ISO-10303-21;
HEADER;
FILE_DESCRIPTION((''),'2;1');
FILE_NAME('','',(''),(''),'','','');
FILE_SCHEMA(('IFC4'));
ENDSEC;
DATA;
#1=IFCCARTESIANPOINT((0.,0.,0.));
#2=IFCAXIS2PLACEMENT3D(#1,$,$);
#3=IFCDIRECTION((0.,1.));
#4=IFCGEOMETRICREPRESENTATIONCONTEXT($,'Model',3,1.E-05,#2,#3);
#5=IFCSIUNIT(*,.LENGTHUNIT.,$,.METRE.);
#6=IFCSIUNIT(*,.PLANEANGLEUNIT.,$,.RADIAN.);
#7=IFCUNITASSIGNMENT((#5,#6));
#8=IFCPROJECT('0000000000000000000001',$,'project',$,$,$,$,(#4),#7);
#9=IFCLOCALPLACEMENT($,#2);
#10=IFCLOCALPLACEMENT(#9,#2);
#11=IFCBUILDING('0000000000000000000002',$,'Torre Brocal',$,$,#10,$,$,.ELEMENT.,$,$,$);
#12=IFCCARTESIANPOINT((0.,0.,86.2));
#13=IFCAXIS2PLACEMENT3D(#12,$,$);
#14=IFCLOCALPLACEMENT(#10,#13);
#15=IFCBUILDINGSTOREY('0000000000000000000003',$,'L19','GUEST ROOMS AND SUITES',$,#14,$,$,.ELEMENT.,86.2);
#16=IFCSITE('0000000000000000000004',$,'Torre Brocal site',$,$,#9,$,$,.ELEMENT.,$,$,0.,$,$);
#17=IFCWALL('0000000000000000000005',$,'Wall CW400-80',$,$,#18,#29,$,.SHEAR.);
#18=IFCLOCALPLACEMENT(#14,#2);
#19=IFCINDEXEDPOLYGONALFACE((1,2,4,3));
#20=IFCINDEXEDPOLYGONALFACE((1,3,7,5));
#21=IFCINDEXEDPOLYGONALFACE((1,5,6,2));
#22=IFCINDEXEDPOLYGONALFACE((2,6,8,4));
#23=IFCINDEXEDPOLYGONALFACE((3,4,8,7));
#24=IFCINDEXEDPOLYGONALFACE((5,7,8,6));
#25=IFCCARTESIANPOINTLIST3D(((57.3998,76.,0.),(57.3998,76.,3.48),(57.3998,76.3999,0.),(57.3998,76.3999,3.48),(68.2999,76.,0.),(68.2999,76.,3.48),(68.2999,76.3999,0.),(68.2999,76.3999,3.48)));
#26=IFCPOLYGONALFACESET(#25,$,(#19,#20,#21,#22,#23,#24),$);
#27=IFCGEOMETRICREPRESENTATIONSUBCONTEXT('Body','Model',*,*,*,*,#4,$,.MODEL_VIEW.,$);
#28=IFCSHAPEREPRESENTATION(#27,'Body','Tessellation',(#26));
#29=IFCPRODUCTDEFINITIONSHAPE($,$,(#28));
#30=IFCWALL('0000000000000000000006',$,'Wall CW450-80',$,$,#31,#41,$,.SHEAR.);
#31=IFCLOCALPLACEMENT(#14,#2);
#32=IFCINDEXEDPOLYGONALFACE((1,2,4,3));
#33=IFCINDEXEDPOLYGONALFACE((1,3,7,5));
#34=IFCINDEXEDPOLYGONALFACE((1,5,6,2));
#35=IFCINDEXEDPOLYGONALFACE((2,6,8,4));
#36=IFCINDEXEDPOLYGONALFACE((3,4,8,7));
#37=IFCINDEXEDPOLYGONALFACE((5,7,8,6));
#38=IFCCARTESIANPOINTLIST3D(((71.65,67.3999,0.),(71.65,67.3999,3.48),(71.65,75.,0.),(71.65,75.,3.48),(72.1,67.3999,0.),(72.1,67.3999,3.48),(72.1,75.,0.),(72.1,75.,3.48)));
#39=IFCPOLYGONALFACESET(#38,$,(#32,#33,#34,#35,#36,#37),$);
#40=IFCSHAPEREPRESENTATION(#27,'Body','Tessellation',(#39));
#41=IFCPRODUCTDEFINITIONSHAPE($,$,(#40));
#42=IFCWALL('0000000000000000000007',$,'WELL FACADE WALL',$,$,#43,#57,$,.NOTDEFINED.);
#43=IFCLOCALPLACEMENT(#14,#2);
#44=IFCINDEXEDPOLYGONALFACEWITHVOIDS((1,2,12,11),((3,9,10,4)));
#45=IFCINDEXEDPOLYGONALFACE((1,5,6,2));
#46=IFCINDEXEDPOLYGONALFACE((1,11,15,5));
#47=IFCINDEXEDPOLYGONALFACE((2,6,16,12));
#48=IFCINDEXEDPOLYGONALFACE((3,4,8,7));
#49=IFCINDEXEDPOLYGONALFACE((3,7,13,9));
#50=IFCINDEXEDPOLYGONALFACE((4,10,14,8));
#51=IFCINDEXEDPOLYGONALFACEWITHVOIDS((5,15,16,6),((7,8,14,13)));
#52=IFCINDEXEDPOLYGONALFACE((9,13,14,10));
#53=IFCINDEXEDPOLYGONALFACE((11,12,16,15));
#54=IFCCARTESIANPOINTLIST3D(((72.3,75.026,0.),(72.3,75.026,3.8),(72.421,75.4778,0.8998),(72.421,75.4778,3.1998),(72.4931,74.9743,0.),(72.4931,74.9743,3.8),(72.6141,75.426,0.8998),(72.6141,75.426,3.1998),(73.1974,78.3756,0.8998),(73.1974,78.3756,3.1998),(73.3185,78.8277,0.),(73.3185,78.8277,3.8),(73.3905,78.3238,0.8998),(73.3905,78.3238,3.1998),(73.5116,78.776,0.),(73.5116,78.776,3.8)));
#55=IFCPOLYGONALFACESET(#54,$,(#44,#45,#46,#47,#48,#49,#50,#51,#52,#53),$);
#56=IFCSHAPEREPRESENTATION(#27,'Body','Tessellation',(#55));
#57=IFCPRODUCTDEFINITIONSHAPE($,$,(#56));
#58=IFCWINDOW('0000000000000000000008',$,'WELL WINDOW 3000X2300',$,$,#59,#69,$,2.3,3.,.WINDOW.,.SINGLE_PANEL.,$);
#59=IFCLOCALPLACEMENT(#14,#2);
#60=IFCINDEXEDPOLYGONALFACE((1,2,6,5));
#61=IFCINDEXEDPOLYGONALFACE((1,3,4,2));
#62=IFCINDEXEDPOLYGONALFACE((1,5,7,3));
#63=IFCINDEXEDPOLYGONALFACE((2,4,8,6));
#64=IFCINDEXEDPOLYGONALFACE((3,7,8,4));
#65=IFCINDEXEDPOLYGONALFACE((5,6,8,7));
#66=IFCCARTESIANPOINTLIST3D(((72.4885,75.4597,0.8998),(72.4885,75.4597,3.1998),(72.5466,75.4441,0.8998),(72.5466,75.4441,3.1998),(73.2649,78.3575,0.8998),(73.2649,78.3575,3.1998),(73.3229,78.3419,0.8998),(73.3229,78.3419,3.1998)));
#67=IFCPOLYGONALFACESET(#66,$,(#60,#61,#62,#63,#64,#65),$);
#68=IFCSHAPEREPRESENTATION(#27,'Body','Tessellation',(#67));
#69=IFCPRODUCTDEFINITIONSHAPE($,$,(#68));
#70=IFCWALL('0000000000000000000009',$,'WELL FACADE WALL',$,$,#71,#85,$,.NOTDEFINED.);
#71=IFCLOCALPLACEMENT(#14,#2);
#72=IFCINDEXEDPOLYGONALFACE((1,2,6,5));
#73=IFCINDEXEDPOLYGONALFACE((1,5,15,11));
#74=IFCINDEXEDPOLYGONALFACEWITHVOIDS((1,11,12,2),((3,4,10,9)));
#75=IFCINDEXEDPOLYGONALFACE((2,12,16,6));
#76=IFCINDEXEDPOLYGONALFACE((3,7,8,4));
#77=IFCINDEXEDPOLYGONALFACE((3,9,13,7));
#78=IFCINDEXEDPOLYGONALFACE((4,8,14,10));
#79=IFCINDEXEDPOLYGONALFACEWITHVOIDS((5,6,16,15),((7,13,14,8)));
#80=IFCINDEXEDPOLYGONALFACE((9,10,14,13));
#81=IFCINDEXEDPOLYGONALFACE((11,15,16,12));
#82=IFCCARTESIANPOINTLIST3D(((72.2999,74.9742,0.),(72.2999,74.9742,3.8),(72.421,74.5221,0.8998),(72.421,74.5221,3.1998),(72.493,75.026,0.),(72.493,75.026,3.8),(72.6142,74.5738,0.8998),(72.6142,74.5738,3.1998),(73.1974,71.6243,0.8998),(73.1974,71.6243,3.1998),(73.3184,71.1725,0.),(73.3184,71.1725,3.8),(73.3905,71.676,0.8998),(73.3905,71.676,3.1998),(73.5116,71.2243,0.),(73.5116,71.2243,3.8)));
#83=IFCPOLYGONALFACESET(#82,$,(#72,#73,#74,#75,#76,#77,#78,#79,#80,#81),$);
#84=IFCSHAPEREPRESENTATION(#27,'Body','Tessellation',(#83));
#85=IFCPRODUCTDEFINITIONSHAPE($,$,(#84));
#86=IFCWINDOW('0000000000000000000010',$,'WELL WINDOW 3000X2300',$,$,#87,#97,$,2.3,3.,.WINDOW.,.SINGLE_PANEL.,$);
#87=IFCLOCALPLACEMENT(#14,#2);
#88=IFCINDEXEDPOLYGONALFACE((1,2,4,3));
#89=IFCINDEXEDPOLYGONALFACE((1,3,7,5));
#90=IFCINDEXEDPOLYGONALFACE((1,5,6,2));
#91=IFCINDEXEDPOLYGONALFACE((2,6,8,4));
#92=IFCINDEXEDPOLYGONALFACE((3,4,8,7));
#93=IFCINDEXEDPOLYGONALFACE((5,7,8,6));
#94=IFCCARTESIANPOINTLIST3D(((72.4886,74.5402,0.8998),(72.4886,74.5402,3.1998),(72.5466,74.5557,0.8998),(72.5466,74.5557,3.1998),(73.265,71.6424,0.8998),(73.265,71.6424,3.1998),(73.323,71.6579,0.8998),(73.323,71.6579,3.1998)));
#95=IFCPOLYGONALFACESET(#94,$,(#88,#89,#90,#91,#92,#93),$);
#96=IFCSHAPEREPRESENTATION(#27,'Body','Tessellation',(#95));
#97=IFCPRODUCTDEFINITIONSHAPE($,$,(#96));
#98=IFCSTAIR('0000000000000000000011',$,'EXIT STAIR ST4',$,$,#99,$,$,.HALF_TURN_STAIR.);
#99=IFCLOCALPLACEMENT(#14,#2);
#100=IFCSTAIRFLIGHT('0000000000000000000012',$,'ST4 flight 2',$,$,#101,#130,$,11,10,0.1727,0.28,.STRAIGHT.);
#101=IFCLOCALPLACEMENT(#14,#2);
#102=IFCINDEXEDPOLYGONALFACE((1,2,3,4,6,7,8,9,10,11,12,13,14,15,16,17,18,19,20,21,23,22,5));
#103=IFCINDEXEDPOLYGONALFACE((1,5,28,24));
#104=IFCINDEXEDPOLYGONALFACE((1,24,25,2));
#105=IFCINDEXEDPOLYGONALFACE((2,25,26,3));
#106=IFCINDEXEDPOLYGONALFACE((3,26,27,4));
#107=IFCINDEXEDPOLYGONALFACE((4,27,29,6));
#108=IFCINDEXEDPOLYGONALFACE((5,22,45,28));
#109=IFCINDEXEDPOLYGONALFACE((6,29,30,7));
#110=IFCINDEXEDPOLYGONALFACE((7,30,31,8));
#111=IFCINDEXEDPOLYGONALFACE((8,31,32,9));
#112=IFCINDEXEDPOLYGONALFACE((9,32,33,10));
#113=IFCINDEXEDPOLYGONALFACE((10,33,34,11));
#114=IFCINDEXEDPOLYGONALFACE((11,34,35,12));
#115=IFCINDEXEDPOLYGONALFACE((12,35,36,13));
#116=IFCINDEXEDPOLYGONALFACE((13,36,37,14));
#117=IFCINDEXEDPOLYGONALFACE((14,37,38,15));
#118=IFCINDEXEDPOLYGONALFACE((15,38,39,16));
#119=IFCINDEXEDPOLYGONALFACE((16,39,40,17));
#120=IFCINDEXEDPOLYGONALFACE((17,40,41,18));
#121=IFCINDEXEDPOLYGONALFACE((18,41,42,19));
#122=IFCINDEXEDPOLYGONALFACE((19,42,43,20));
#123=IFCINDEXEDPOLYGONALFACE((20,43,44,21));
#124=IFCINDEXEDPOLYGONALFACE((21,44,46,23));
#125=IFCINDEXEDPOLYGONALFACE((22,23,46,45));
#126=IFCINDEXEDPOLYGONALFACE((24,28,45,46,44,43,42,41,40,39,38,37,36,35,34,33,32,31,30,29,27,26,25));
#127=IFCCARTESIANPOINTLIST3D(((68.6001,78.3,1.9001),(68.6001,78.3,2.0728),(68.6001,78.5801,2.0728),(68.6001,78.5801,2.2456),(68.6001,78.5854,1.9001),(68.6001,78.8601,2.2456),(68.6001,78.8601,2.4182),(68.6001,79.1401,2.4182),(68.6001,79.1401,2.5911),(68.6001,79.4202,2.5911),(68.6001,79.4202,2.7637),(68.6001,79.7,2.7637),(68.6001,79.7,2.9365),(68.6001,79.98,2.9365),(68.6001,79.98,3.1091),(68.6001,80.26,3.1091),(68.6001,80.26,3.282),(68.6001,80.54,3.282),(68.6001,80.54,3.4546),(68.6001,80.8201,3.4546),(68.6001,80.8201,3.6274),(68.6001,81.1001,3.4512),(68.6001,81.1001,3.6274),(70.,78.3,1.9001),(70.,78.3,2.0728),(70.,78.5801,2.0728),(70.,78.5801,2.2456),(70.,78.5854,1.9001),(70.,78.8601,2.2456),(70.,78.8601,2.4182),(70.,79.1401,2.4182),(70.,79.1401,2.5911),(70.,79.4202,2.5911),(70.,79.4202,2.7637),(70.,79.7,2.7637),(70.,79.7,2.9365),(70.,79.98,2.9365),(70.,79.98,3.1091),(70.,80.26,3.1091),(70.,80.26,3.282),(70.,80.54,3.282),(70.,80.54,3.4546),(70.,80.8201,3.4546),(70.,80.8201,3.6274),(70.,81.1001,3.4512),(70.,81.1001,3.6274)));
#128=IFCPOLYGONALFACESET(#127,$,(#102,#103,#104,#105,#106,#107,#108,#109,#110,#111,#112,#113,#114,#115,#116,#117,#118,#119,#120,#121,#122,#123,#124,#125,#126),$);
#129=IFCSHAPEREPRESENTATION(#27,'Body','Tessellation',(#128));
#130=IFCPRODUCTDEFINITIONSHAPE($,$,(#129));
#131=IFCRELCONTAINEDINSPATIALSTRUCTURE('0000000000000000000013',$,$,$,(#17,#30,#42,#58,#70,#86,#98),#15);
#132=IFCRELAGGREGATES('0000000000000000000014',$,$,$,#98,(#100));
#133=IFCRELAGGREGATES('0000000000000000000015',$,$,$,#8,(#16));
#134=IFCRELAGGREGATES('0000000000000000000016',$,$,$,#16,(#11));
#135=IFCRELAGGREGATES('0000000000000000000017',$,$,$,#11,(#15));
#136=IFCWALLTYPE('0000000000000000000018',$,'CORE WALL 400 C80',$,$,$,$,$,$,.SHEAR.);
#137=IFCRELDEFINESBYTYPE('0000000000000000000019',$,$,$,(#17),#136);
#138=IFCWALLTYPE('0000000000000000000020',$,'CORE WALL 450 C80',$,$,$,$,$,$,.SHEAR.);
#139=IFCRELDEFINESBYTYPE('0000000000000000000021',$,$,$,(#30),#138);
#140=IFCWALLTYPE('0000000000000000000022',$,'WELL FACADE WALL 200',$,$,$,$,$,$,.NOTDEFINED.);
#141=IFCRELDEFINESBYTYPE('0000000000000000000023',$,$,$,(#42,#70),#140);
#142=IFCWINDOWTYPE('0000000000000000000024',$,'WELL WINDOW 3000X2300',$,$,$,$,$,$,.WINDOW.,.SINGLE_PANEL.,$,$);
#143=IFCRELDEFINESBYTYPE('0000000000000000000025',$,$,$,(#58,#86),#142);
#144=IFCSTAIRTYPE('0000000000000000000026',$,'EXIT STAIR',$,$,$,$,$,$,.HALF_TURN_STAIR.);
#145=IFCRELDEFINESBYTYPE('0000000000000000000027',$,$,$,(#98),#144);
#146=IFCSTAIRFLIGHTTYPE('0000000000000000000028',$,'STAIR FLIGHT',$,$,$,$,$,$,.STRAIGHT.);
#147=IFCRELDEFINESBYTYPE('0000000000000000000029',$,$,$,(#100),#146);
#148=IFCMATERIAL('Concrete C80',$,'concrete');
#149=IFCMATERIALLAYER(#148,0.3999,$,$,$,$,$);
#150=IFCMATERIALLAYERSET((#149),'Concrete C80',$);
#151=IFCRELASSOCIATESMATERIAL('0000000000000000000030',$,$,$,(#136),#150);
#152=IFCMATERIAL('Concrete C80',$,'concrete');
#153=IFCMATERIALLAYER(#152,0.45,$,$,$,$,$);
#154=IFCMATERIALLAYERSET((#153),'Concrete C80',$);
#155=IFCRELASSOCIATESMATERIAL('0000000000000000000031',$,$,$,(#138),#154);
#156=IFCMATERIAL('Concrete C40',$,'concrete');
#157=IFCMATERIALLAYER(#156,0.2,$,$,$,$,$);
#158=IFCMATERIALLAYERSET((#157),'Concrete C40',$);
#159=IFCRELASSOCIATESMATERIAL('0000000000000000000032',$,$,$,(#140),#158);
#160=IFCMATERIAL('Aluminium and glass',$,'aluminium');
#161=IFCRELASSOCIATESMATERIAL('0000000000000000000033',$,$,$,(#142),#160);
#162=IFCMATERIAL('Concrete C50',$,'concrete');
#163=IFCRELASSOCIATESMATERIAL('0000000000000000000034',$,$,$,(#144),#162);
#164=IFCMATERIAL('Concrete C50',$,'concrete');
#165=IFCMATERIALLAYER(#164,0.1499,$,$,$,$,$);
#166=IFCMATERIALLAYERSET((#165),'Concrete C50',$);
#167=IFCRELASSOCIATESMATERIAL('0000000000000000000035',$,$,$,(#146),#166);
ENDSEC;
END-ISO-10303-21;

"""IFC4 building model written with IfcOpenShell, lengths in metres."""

from ifc_helpers import new_model, si_unit, direction, frame, frame_2d, origin, place, context, subcontext, project, spatial, polyline, rectangle, outline, extrude, material, layer, layer_set, type_object, element, fill, aggregate, save


model = new_model("IFC4")

# Units and contexts
model_context = context("Model", 3, precision=1e-05, world=origin(), true_north=direction((0.0, 1.0)))
body_context = subcontext(model_context, "Body", "Model", "MODEL_VIEW")
ifc_project = project(units=[si_unit("LENGTHUNIT", "METRE"), si_unit("PLANEANGLEUNIT", "RADIAN")], contexts=[model_context])

# Site, building, storey
site_placement = place(None, origin())
site = spatial("IfcSite", under=ifc_project, at=site_placement, Name="Torre Brocal site", CompositionType="ELEMENT", RefElevation=0.0)
building_placement = place(site_placement, origin())
building = spatial("IfcBuilding", under=site, at=building_placement, Name="Torre Brocal", CompositionType="ELEMENT")
storey_placement = place(building_placement, frame((0.0, 0.0, 86.2)))
storey = spatial("IfcBuildingStorey", under=building, at=storey_placement, Name="L19", Description="GUEST ROOMS AND SUITES", CompositionType="ELEMENT", Elevation=86.2)

# Walls
ifc_material_1 = material(Name="Concrete C80", Category="concrete")
ifc_layer_1 = layer(ifc_material_1, 0.3999)
ifc_layer_set_1 = layer_set([ifc_layer_1], Name="Concrete C80")
wall_type_1 = type_object("IfcWallType", Name="CORE WALL 400 C80", PredefinedType="SHEAR", material=ifc_layer_set_1)
wall_1_placement = place(storey_placement, frame((68.3, 76.2, 0.0), z_axis=(0.0, 0.0, 1.0), x_axis=(-1.0, 0.0, 0.0)))
element("IfcWall", 1, at=wall_1_placement, inside=storey, type_object=wall_type_1, Name="Wall CW400-80", PredefinedType="SHEAR", context=body_context, shape_type="SweptSolid", body=[
    extrude(rectangle(XDim=10.9001, YDim=0.3999, at=frame_2d((5.4502, 0.0))), origin(), (0.0, 0.0, 1.0), 3.48),
])
ifc_material_2 = material(Name="Concrete C80", Category="concrete")
ifc_layer_2 = layer(ifc_material_2, 0.45)
ifc_layer_set_2 = layer_set([ifc_layer_2], Name="Concrete C80")
wall_type_2 = type_object("IfcWallType", Name="CORE WALL 450 C80", PredefinedType="SHEAR", material=ifc_layer_set_2)
wall_2_placement = place(storey_placement, frame((71.875, 75.0, 0.0), z_axis=(0.0, 0.0, 1.0), x_axis=(0.0, -1.0, 0.0)))
element("IfcWall", 2, at=wall_2_placement, inside=storey, type_object=wall_type_2, Name="Wall CW450-80", PredefinedType="SHEAR", context=body_context, shape_type="SweptSolid", body=[
    extrude(rectangle(XDim=7.6001, YDim=0.45, at=frame_2d((3.8, 0.0))), origin(), (0.0, 0.0, 1.0), 3.48),
])

# Walls, openings, windows
ifc_material_3 = material(Name="Concrete C40", Category="concrete")
ifc_layer_3 = layer(ifc_material_3, 0.2)
ifc_layer_set_3 = layer_set([ifc_layer_3], Name="Concrete C40")
wall_type_3 = type_object("IfcWallType", Name="WELL FACADE WALL 200", PredefinedType="NOTDEFINED", material=ifc_layer_set_3)
wall_3_placement = place(storey_placement, frame((73.415, 78.8018, 0.0), z_axis=(0.0, 0.0, 1.0), x_axis=(-0.25879, -0.965934, 0.0)))
wall_3 = element("IfcWall", 3, at=wall_3_placement, inside=storey, type_object=wall_type_3, Name="WELL FACADE WALL", PredefinedType="NOTDEFINED", context=body_context, shape_type="SweptSolid", body=[
    extrude(rectangle(XDim=3.9358, YDim=0.2, at=frame_2d((1.9678, 0.0))), origin(), (0.0, 0.0, 1.0), 3.8),
])
opening_1_placement = place(wall_3_placement, frame((0.468, 0.0, 0.8999)))
opening_1 = element("IfcOpeningElement", 4, at=opening_1_placement, cuts=wall_3, PredefinedType="OPENING", context=body_context, shape_type="SweptSolid", body=[
    extrude(rectangle(XDim=3.0, YDim=2.3, at=frame_2d((1.5, 1.1499))), frame((0.0, 0.1099, 0.0), z_axis=(0.0, -1.0, 0.0), x_axis=(1.0, 0.0, 0.0)), (0.0, 0.0, 1.0), 0.22),
])
ifc_material_4 = material(Name="Aluminium and glass", Category="aluminium")
window_type = type_object("IfcWindowType", Name="WELL WINDOW 3000X2300", PartitioningType="SINGLE_PANEL", PredefinedType="WINDOW", material=ifc_material_4)
window_1_placement = place(opening_1_placement, origin())
window_1 = element("IfcWindow", 5, at=window_1_placement, inside=storey, type_object=window_type, Name="WELL WINDOW 3000X2300", OverallHeight=2.3, OverallWidth=3.0, PartitioningType="SINGLE_PANEL", PredefinedType="WINDOW", context=body_context, shape_type="SweptSolid", body=[
    extrude(rectangle(XDim=3.0, YDim=2.3, at=frame_2d((1.5, 1.1499))), frame((0.0, 0.03, 0.0), z_axis=(0.0, -1.0, 0.0), x_axis=(1.0, 0.0, 0.0)), (0.0, 0.0, 1.0), 0.0601),
])
fill(opening_1, window_1)
wall_4_placement = place(storey_placement, frame((72.3965, 75.0, 0.0), z_axis=(0.0, 0.0, 1.0), x_axis=(0.25879, -0.965934, 0.0)))
wall_4 = element("IfcWall", 6, at=wall_4_placement, inside=storey, type_object=wall_type_3, Name="WELL FACADE WALL", PredefinedType="NOTDEFINED", context=body_context, shape_type="SweptSolid", body=[
    extrude(rectangle(XDim=3.9358, YDim=0.2, at=frame_2d((1.9678, 0.0))), origin(), (0.0, 0.0, 1.0), 3.8),
])
opening_2_placement = place(wall_4_placement, frame((0.468, 0.0, 0.8999)))
opening_2 = element("IfcOpeningElement", 7, at=opening_2_placement, cuts=wall_4, PredefinedType="OPENING", context=body_context, shape_type="SweptSolid", body=[
    extrude(rectangle(XDim=3.0, YDim=2.3, at=frame_2d((1.5, 1.1499))), frame((0.0, 0.1099, 0.0), z_axis=(0.0, -1.0, 0.0), x_axis=(1.0, 0.0, 0.0)), (0.0, 0.0, 1.0), 0.22),
])
window_2_placement = place(opening_2_placement, origin())
window_2 = element("IfcWindow", 8, at=window_2_placement, inside=storey, type_object=window_type, Name="WELL WINDOW 3000X2300", OverallHeight=2.3, OverallWidth=3.0, PartitioningType="SINGLE_PANEL", PredefinedType="WINDOW", context=body_context, shape_type="SweptSolid", body=[
    extrude(rectangle(XDim=3.0, YDim=2.3, at=frame_2d((1.5, 1.1499))), frame((0.0, 0.03, 0.0), z_axis=(0.0, -1.0, 0.0), x_axis=(1.0, 0.0, 0.0)), (0.0, 0.0, 1.0), 0.0601),
])
fill(opening_2, window_2)

# Stair, stair flight
ifc_material_5 = material(Name="Concrete C50", Category="concrete")
stair_type = type_object("IfcStairType", Name="EXIT STAIR", PredefinedType="HALF_TURN_STAIR", material=ifc_material_5)
stair_placement = place(storey_placement, origin())
stair = element("IfcStair", 9, at=stair_placement, inside=storey, type_object=stair_type, Name="EXIT STAIR ST4", PredefinedType="HALF_TURN_STAIR")
ifc_material_6 = material(Name="Concrete C50", Category="concrete")
ifc_layer_4 = layer(ifc_material_6, 0.1499)
ifc_layer_set_4 = layer_set([ifc_layer_4], Name="Concrete C50")
stair_flight_type = type_object("IfcStairFlightType", Name="STAIR FLIGHT", PredefinedType="STRAIGHT", material=ifc_layer_set_4)
stair_flight_placement = place(storey_placement, frame((69.3, 78.3, 1.9001), z_axis=(0.0, 0.0, 1.0), x_axis=(0.0, 1.0, 0.0)))
stair_flight = element("IfcStairFlight", 10, at=stair_flight_placement, type_object=stair_flight_type, Name="ST4 flight 2", NumberOfRisers=11, NumberOfTreads=10, PredefinedType="STRAIGHT", RiserHeight=0.1727, TreadLength=0.28, context=body_context, shape_type="SweptSolid", body=[
    extrude(outline(polyline([(0.0, 0.0), (0.0, 0.1726), (0.28, 0.1726), (0.28, 0.3455), (0.5601, 0.3455), (0.5601, 0.5181), (0.8401, 0.5181), (0.8401, 0.6909), (1.1201, 0.6909), (1.1201, 0.8635), (1.3999, 0.8635), (1.3999, 1.0364), (1.6799, 1.0364), (1.6799, 1.209), (1.96, 1.209), (1.96, 1.3818), (2.24, 1.3818), (2.24, 1.5544), (2.52, 1.5544), (2.52, 1.7273), (2.8, 1.7273), (2.8, 1.8999), (2.8, 1.551), (0.2854, 0.0), (0.0, 0.0)])), frame((0.0, 0.7, 0.0), z_axis=(0.0, -1.0, 0.0), x_axis=(1.0, 0.0, 0.0)), (0.0, 0.0, 1.0), 1.3999),
])
aggregate(stair, [stair_flight])

save(model, "model.ifc")
